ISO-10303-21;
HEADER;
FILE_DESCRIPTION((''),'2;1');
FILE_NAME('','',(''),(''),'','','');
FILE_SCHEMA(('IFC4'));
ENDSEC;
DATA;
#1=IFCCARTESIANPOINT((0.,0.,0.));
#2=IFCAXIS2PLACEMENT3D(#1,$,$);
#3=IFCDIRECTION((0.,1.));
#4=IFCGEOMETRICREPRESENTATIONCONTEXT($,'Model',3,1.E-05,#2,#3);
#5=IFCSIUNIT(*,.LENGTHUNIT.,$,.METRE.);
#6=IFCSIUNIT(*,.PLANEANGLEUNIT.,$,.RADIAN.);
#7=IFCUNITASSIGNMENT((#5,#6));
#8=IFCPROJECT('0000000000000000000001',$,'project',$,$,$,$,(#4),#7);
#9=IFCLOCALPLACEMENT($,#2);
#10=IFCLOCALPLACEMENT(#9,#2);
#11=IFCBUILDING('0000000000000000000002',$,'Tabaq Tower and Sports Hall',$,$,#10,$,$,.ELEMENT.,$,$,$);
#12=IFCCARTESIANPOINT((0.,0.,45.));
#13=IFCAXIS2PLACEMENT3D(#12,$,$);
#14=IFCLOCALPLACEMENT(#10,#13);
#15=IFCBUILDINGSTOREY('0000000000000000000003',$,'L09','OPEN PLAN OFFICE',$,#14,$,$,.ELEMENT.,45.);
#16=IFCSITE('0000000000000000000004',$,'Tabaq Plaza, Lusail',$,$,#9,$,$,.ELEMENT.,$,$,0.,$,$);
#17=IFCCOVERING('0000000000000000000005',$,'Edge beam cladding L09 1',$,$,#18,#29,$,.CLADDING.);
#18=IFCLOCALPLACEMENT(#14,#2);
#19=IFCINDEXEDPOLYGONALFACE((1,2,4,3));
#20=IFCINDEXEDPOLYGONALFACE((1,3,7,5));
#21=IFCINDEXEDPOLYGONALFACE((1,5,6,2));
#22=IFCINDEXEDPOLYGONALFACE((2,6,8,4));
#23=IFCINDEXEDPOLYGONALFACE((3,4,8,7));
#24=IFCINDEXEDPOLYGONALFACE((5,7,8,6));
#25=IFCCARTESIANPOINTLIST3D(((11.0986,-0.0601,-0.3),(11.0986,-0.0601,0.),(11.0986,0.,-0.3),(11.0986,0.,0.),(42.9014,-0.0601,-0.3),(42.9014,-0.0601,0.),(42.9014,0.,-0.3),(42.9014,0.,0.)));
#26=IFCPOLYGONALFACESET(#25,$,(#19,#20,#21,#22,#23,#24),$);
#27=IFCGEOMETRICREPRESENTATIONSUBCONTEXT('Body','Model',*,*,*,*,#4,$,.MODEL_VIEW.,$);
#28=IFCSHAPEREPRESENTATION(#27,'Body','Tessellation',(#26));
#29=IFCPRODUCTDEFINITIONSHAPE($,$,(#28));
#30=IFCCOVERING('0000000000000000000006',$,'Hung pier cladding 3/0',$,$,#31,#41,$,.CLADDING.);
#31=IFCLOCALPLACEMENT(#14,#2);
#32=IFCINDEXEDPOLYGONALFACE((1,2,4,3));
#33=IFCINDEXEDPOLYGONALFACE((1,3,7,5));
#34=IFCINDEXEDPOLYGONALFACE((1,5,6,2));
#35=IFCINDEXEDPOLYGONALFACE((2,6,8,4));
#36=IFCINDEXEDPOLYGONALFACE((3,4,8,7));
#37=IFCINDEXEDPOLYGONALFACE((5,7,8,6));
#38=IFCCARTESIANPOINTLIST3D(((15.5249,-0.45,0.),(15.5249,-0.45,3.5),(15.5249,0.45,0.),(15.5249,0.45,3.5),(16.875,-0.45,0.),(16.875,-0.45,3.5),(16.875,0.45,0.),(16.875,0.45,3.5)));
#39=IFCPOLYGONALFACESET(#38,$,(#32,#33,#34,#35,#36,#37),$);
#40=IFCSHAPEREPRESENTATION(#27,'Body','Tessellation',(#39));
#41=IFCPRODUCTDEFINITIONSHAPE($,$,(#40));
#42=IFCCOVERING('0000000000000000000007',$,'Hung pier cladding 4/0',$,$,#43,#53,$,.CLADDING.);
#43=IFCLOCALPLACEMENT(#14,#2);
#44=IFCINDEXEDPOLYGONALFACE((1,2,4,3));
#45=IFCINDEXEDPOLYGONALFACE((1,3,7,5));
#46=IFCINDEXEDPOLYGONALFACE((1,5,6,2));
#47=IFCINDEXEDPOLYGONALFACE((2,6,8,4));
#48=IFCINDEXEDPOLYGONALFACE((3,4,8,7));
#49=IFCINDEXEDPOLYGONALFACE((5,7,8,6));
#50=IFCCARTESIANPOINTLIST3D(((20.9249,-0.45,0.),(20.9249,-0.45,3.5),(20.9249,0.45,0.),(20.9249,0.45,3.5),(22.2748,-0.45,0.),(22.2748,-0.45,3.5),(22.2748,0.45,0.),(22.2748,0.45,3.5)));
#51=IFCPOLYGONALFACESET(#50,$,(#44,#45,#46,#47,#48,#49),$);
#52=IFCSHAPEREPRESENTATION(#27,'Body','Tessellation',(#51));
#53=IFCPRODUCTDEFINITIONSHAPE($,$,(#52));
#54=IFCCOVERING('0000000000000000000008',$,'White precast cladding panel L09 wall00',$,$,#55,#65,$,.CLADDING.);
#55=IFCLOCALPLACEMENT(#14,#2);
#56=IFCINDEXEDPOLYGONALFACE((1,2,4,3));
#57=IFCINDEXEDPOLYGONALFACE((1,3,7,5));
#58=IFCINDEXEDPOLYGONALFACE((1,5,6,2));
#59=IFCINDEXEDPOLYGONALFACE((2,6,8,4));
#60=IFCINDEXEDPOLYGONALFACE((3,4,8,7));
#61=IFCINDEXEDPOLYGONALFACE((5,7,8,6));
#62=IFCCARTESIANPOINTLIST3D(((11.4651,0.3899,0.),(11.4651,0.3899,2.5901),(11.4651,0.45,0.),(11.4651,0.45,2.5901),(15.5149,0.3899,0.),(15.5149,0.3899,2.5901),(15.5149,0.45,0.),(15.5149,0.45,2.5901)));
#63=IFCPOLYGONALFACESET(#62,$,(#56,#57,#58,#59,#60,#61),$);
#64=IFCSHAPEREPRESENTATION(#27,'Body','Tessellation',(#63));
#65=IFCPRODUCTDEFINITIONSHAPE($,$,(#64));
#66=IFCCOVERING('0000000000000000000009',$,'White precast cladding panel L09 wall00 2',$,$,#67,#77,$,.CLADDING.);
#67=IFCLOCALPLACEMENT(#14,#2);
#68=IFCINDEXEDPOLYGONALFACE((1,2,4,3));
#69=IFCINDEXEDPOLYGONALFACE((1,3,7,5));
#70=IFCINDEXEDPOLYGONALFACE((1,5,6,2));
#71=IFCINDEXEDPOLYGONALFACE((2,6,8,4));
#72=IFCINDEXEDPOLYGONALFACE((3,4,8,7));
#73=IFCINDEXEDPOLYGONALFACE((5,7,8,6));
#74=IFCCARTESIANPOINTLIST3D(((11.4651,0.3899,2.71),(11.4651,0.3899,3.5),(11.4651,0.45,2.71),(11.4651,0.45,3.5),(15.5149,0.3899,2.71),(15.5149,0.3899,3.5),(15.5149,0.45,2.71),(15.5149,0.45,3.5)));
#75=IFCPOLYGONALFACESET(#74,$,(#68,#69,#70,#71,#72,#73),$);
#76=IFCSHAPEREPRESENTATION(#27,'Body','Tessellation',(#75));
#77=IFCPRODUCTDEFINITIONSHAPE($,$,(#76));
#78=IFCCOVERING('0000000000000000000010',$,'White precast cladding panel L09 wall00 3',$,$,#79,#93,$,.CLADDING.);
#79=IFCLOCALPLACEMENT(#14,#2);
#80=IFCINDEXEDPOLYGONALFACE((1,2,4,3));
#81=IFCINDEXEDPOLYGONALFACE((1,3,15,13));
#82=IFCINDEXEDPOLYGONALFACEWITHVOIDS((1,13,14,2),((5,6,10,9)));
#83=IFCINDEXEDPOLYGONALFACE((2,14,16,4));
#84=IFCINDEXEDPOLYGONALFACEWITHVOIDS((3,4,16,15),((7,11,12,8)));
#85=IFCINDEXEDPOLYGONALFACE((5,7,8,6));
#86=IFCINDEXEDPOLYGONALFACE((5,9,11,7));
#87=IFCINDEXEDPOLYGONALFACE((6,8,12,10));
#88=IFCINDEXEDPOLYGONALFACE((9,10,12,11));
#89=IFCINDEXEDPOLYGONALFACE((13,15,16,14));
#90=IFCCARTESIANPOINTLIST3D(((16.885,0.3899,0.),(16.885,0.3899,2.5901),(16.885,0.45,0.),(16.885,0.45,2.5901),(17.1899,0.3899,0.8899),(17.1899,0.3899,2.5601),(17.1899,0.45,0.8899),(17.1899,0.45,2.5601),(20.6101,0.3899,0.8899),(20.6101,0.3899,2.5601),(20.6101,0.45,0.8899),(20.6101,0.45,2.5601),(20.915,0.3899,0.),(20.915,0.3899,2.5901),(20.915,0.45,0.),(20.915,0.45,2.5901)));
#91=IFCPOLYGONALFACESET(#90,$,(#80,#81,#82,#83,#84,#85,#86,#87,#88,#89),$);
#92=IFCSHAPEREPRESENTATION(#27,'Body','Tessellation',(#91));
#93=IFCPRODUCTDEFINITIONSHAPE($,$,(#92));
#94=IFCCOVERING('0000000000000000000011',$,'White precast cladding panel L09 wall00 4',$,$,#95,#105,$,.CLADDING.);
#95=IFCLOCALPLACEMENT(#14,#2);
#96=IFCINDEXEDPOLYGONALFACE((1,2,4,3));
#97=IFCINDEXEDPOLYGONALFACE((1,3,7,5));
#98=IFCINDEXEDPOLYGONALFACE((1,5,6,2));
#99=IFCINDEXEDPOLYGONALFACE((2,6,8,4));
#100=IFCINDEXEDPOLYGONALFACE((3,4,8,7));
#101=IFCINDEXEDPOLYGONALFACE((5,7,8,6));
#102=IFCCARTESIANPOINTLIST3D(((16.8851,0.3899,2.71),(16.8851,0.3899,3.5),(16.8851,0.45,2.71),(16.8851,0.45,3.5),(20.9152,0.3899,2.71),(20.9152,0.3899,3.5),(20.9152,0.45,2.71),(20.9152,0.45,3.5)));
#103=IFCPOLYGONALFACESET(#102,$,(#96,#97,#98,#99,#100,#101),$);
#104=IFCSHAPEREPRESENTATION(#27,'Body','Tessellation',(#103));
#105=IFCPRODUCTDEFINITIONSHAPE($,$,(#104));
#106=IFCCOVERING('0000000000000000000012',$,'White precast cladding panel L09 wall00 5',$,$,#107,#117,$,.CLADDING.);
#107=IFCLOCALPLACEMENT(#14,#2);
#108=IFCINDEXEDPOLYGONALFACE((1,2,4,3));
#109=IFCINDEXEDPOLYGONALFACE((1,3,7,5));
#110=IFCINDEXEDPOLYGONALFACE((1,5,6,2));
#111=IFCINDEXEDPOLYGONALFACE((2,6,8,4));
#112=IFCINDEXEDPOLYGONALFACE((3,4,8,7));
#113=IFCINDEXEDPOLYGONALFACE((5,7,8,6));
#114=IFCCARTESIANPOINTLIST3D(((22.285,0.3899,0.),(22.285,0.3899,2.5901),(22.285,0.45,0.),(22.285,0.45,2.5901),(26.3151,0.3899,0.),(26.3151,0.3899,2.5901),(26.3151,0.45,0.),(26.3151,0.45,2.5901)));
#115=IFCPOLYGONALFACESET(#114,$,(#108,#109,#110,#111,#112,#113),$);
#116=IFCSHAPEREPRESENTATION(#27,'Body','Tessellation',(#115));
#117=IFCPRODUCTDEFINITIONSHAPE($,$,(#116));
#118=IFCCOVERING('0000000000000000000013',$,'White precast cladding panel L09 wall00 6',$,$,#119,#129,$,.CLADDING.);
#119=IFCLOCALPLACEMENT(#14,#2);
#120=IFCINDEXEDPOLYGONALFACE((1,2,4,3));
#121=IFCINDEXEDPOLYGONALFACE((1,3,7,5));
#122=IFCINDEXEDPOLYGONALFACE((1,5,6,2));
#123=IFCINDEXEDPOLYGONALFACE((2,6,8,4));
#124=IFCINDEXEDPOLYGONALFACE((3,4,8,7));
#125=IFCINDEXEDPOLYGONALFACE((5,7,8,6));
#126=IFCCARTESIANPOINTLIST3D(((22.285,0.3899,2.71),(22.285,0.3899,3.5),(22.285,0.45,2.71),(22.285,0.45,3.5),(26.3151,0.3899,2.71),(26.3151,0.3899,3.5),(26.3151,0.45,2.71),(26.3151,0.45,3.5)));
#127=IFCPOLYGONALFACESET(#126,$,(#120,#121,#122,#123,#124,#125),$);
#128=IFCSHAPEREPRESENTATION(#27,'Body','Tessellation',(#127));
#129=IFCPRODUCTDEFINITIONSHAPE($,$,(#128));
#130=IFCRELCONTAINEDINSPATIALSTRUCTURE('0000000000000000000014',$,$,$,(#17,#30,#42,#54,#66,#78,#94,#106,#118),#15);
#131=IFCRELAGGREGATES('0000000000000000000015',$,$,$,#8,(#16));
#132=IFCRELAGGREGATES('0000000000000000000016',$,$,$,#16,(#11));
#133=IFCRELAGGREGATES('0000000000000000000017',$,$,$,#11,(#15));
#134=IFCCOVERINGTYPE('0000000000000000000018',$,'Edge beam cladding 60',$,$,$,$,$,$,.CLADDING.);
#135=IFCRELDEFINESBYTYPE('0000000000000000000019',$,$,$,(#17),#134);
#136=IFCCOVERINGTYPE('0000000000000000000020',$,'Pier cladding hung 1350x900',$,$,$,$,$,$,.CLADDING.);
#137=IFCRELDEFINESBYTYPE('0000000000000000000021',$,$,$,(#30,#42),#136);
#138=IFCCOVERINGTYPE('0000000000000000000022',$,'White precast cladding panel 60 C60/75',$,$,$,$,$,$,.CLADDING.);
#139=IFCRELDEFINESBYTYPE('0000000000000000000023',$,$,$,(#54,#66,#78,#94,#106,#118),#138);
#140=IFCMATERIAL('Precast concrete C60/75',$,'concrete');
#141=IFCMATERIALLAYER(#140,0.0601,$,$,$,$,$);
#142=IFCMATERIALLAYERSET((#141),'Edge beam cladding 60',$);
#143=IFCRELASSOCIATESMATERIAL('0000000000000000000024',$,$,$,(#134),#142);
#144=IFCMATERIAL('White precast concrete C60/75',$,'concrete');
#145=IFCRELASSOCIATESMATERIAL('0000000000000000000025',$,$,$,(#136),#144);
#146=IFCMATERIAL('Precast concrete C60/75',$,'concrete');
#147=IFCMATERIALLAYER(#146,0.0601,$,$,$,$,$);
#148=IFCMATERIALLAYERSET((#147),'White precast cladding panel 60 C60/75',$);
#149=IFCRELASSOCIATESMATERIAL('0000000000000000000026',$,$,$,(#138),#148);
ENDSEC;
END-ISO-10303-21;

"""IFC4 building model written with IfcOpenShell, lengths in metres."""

from ifc_helpers import new_model, si_unit, direction, frame, frame_2d, origin, place, context, subcontext, project, spatial, polyline, rectangle, outline, extrude, material, layer, layer_set, type_object, element, save


model = new_model("IFC4")

# Units and contexts
model_context = context("Model", 3, precision=1e-05, world=origin(), true_north=direction((0.0, 1.0)))
body_context = subcontext(model_context, "Body", "Model", "MODEL_VIEW")
ifc_project = project(units=[si_unit("LENGTHUNIT", "METRE"), si_unit("PLANEANGLEUNIT", "RADIAN")], contexts=[model_context])

# Site, building, storey
site_placement = place(None, origin())
site = spatial("IfcSite", under=ifc_project, at=site_placement, Name="Tabaq Plaza, Lusail", CompositionType="ELEMENT", RefElevation=0.0)
building_placement = place(site_placement, origin())
building = spatial("IfcBuilding", under=site, at=building_placement, Name="Tabaq Tower and Sports Hall", CompositionType="ELEMENT")
storey_placement = place(building_placement, frame((0.0, 0.0, 45.0)))
storey = spatial("IfcBuildingStorey", under=building, at=storey_placement, Name="L09", Description="OPEN PLAN OFFICE", CompositionType="ELEMENT", Elevation=45.0)

# Coverings
ifc_material_1 = material(Name="Precast concrete C60/75", Category="concrete")
ifc_layer_1 = layer(ifc_material_1, 0.0601)
ifc_layer_set_1 = layer_set([ifc_layer_1], Name="Edge beam cladding 60")
covering_type_1 = type_object("IfcCoveringType", Name="Edge beam cladding 60", PredefinedType="CLADDING", material=ifc_layer_set_1)
covering_1_placement = place(storey_placement, frame((11.0986, -0.03, -0.3), z_axis=(0.0, 0.0, 1.0), x_axis=(1.0, 0.0, 0.0)))
element("IfcCovering", 1, at=covering_1_placement, inside=storey, type_object=covering_type_1, Name="Edge beam cladding L09 1", PredefinedType="CLADDING", context=body_context, shape_type="SweptSolid", body=[
    extrude(rectangle(XDim=31.8027, YDim=0.0601, at=frame_2d((15.9014, 0.0))), origin(), (0.0, 0.0, 1.0), 0.3),
])
ifc_material_2 = material(Name="White precast concrete C60/75", Category="concrete")
covering_type_2 = type_object("IfcCoveringType", Name="Pier cladding hung 1350x900", PredefinedType="CLADDING", material=ifc_material_2)
covering_2_placement = place(storey_placement, frame((15.5249, 0.0, 0.0), z_axis=(0.0, 0.0, 1.0), x_axis=(1.0, 0.0, 0.0)))
element("IfcCovering", 2, at=covering_2_placement, inside=storey, type_object=covering_type_2, Name="Hung pier cladding 3/0", PredefinedType="CLADDING", context=body_context, shape_type="SweptSolid", body=[
    extrude(rectangle(XDim=1.3501, YDim=0.8999, at=frame_2d((0.675, 0.0))), origin(), (0.0, 0.0, 1.0), 3.5),
])
covering_3_placement = place(storey_placement, frame((20.925, 0.0, 0.0), z_axis=(0.0, 0.0, 1.0), x_axis=(1.0, 0.0, 0.0)))
element("IfcCovering", 3, at=covering_3_placement, inside=storey, type_object=covering_type_2, Name="Hung pier cladding 4/0", PredefinedType="CLADDING", context=body_context, shape_type="SweptSolid", body=[
    extrude(rectangle(XDim=1.3499, YDim=0.8999, at=frame_2d((0.6748, 0.0))), origin(), (0.0, 0.0, 1.0), 3.5),
])
ifc_material_3 = material(Name="Precast concrete C60/75", Category="concrete")
ifc_layer_2 = layer(ifc_material_3, 0.0601)
ifc_layer_set_2 = layer_set([ifc_layer_2], Name="White precast cladding panel 60 C60/75")
covering_type_3 = type_object("IfcCoveringType", Name="White precast cladding panel 60 C60/75", PredefinedType="CLADDING", material=ifc_layer_set_2)
covering_4_placement = place(storey_placement, frame((11.4651, 0.4199, 0.0), z_axis=(0.0, 0.0, 1.0), x_axis=(1.0, 0.0, 0.0)))
element("IfcCovering", 4, at=covering_4_placement, inside=storey, type_object=covering_type_3, Name="White precast cladding panel L09 wall00", PredefinedType="CLADDING", context=body_context, shape_type="SweptSolid", body=[
    extrude(rectangle(XDim=4.0498, YDim=0.0601, at=frame_2d((2.0249, 0.0))), origin(), (0.0, 0.0, 1.0), 2.5901),
])
covering_5_placement = place(storey_placement, frame((11.4651, 0.4199, 2.71), z_axis=(0.0, 0.0, 1.0), x_axis=(1.0, 0.0, 0.0)))
element("IfcCovering", 5, at=covering_5_placement, inside=storey, type_object=covering_type_3, Name="White precast cladding panel L09 wall00 2", PredefinedType="CLADDING", context=body_context, shape_type="SweptSolid", body=[
    extrude(rectangle(XDim=4.0498, YDim=0.0601, at=frame_2d((2.0249, 0.0))), origin(), (0.0, 0.0, 1.0), 0.79),
])
covering_6_placement = place(storey_placement, frame((16.885, 0.4199, 0.0), z_axis=(0.0, 0.0, 1.0), x_axis=(1.0, 0.0, 0.0)))
element("IfcCovering", 6, at=covering_6_placement, inside=storey, type_object=covering_type_3, Name="White precast cladding panel L09 wall00 3", PredefinedType="CLADDING", context=body_context, shape_type="SweptSolid", body=[
    extrude(outline(polyline([(0.0, 0.0), (4.03, 0.0), (4.03, 2.5901), (0.0, 2.5901), (0.0, 0.0)]), holes=[polyline([(3.7251, 0.8899), (0.3049, 0.8899), (0.3049, 2.5601), (3.7251, 2.5601), (3.7251, 0.8899)])]), frame((0.0, 0.03, 0.0), z_axis=(0.0, -1.0, 0.0), x_axis=(1.0, 0.0, 0.0)), (0.0, 0.0, 1.0), 0.0601),
])
covering_7_placement = place(storey_placement, frame((16.885, 0.4199, 2.71), z_axis=(0.0, 0.0, 1.0), x_axis=(1.0, 0.0, 0.0)))
element("IfcCovering", 7, at=covering_7_placement, inside=storey, type_object=covering_type_3, Name="White precast cladding panel L09 wall00 4", PredefinedType="CLADDING", context=body_context, shape_type="SweptSolid", body=[
    extrude(rectangle(XDim=4.03, YDim=0.0601, at=frame_2d((2.0151, 0.0))), origin(), (0.0, 0.0, 1.0), 0.79),
])
covering_8_placement = place(storey_placement, frame((22.2849, 0.4199, 0.0), z_axis=(0.0, 0.0, 1.0), x_axis=(1.0, 0.0, 0.0)))
element("IfcCovering", 8, at=covering_8_placement, inside=storey, type_object=covering_type_3, Name="White precast cladding panel L09 wall00 5", PredefinedType="CLADDING", context=body_context, shape_type="SweptSolid", body=[
    extrude(rectangle(XDim=4.03, YDim=0.0601, at=frame_2d((2.0151, 0.0))), origin(), (0.0, 0.0, 1.0), 2.5901),
])
covering_9_placement = place(storey_placement, frame((22.2849, 0.4199, 2.71), z_axis=(0.0, 0.0, 1.0), x_axis=(1.0, 0.0, 0.0)))
element("IfcCovering", 9, at=covering_9_placement, inside=storey, type_object=covering_type_3, Name="White precast cladding panel L09 wall00 6", PredefinedType="CLADDING", context=body_context, shape_type="SweptSolid", body=[
    extrude(rectangle(XDim=4.03, YDim=0.0601, at=frame_2d((2.0151, 0.0))), origin(), (0.0, 0.0, 1.0), 0.79),
])

save(model, "model.ifc")
